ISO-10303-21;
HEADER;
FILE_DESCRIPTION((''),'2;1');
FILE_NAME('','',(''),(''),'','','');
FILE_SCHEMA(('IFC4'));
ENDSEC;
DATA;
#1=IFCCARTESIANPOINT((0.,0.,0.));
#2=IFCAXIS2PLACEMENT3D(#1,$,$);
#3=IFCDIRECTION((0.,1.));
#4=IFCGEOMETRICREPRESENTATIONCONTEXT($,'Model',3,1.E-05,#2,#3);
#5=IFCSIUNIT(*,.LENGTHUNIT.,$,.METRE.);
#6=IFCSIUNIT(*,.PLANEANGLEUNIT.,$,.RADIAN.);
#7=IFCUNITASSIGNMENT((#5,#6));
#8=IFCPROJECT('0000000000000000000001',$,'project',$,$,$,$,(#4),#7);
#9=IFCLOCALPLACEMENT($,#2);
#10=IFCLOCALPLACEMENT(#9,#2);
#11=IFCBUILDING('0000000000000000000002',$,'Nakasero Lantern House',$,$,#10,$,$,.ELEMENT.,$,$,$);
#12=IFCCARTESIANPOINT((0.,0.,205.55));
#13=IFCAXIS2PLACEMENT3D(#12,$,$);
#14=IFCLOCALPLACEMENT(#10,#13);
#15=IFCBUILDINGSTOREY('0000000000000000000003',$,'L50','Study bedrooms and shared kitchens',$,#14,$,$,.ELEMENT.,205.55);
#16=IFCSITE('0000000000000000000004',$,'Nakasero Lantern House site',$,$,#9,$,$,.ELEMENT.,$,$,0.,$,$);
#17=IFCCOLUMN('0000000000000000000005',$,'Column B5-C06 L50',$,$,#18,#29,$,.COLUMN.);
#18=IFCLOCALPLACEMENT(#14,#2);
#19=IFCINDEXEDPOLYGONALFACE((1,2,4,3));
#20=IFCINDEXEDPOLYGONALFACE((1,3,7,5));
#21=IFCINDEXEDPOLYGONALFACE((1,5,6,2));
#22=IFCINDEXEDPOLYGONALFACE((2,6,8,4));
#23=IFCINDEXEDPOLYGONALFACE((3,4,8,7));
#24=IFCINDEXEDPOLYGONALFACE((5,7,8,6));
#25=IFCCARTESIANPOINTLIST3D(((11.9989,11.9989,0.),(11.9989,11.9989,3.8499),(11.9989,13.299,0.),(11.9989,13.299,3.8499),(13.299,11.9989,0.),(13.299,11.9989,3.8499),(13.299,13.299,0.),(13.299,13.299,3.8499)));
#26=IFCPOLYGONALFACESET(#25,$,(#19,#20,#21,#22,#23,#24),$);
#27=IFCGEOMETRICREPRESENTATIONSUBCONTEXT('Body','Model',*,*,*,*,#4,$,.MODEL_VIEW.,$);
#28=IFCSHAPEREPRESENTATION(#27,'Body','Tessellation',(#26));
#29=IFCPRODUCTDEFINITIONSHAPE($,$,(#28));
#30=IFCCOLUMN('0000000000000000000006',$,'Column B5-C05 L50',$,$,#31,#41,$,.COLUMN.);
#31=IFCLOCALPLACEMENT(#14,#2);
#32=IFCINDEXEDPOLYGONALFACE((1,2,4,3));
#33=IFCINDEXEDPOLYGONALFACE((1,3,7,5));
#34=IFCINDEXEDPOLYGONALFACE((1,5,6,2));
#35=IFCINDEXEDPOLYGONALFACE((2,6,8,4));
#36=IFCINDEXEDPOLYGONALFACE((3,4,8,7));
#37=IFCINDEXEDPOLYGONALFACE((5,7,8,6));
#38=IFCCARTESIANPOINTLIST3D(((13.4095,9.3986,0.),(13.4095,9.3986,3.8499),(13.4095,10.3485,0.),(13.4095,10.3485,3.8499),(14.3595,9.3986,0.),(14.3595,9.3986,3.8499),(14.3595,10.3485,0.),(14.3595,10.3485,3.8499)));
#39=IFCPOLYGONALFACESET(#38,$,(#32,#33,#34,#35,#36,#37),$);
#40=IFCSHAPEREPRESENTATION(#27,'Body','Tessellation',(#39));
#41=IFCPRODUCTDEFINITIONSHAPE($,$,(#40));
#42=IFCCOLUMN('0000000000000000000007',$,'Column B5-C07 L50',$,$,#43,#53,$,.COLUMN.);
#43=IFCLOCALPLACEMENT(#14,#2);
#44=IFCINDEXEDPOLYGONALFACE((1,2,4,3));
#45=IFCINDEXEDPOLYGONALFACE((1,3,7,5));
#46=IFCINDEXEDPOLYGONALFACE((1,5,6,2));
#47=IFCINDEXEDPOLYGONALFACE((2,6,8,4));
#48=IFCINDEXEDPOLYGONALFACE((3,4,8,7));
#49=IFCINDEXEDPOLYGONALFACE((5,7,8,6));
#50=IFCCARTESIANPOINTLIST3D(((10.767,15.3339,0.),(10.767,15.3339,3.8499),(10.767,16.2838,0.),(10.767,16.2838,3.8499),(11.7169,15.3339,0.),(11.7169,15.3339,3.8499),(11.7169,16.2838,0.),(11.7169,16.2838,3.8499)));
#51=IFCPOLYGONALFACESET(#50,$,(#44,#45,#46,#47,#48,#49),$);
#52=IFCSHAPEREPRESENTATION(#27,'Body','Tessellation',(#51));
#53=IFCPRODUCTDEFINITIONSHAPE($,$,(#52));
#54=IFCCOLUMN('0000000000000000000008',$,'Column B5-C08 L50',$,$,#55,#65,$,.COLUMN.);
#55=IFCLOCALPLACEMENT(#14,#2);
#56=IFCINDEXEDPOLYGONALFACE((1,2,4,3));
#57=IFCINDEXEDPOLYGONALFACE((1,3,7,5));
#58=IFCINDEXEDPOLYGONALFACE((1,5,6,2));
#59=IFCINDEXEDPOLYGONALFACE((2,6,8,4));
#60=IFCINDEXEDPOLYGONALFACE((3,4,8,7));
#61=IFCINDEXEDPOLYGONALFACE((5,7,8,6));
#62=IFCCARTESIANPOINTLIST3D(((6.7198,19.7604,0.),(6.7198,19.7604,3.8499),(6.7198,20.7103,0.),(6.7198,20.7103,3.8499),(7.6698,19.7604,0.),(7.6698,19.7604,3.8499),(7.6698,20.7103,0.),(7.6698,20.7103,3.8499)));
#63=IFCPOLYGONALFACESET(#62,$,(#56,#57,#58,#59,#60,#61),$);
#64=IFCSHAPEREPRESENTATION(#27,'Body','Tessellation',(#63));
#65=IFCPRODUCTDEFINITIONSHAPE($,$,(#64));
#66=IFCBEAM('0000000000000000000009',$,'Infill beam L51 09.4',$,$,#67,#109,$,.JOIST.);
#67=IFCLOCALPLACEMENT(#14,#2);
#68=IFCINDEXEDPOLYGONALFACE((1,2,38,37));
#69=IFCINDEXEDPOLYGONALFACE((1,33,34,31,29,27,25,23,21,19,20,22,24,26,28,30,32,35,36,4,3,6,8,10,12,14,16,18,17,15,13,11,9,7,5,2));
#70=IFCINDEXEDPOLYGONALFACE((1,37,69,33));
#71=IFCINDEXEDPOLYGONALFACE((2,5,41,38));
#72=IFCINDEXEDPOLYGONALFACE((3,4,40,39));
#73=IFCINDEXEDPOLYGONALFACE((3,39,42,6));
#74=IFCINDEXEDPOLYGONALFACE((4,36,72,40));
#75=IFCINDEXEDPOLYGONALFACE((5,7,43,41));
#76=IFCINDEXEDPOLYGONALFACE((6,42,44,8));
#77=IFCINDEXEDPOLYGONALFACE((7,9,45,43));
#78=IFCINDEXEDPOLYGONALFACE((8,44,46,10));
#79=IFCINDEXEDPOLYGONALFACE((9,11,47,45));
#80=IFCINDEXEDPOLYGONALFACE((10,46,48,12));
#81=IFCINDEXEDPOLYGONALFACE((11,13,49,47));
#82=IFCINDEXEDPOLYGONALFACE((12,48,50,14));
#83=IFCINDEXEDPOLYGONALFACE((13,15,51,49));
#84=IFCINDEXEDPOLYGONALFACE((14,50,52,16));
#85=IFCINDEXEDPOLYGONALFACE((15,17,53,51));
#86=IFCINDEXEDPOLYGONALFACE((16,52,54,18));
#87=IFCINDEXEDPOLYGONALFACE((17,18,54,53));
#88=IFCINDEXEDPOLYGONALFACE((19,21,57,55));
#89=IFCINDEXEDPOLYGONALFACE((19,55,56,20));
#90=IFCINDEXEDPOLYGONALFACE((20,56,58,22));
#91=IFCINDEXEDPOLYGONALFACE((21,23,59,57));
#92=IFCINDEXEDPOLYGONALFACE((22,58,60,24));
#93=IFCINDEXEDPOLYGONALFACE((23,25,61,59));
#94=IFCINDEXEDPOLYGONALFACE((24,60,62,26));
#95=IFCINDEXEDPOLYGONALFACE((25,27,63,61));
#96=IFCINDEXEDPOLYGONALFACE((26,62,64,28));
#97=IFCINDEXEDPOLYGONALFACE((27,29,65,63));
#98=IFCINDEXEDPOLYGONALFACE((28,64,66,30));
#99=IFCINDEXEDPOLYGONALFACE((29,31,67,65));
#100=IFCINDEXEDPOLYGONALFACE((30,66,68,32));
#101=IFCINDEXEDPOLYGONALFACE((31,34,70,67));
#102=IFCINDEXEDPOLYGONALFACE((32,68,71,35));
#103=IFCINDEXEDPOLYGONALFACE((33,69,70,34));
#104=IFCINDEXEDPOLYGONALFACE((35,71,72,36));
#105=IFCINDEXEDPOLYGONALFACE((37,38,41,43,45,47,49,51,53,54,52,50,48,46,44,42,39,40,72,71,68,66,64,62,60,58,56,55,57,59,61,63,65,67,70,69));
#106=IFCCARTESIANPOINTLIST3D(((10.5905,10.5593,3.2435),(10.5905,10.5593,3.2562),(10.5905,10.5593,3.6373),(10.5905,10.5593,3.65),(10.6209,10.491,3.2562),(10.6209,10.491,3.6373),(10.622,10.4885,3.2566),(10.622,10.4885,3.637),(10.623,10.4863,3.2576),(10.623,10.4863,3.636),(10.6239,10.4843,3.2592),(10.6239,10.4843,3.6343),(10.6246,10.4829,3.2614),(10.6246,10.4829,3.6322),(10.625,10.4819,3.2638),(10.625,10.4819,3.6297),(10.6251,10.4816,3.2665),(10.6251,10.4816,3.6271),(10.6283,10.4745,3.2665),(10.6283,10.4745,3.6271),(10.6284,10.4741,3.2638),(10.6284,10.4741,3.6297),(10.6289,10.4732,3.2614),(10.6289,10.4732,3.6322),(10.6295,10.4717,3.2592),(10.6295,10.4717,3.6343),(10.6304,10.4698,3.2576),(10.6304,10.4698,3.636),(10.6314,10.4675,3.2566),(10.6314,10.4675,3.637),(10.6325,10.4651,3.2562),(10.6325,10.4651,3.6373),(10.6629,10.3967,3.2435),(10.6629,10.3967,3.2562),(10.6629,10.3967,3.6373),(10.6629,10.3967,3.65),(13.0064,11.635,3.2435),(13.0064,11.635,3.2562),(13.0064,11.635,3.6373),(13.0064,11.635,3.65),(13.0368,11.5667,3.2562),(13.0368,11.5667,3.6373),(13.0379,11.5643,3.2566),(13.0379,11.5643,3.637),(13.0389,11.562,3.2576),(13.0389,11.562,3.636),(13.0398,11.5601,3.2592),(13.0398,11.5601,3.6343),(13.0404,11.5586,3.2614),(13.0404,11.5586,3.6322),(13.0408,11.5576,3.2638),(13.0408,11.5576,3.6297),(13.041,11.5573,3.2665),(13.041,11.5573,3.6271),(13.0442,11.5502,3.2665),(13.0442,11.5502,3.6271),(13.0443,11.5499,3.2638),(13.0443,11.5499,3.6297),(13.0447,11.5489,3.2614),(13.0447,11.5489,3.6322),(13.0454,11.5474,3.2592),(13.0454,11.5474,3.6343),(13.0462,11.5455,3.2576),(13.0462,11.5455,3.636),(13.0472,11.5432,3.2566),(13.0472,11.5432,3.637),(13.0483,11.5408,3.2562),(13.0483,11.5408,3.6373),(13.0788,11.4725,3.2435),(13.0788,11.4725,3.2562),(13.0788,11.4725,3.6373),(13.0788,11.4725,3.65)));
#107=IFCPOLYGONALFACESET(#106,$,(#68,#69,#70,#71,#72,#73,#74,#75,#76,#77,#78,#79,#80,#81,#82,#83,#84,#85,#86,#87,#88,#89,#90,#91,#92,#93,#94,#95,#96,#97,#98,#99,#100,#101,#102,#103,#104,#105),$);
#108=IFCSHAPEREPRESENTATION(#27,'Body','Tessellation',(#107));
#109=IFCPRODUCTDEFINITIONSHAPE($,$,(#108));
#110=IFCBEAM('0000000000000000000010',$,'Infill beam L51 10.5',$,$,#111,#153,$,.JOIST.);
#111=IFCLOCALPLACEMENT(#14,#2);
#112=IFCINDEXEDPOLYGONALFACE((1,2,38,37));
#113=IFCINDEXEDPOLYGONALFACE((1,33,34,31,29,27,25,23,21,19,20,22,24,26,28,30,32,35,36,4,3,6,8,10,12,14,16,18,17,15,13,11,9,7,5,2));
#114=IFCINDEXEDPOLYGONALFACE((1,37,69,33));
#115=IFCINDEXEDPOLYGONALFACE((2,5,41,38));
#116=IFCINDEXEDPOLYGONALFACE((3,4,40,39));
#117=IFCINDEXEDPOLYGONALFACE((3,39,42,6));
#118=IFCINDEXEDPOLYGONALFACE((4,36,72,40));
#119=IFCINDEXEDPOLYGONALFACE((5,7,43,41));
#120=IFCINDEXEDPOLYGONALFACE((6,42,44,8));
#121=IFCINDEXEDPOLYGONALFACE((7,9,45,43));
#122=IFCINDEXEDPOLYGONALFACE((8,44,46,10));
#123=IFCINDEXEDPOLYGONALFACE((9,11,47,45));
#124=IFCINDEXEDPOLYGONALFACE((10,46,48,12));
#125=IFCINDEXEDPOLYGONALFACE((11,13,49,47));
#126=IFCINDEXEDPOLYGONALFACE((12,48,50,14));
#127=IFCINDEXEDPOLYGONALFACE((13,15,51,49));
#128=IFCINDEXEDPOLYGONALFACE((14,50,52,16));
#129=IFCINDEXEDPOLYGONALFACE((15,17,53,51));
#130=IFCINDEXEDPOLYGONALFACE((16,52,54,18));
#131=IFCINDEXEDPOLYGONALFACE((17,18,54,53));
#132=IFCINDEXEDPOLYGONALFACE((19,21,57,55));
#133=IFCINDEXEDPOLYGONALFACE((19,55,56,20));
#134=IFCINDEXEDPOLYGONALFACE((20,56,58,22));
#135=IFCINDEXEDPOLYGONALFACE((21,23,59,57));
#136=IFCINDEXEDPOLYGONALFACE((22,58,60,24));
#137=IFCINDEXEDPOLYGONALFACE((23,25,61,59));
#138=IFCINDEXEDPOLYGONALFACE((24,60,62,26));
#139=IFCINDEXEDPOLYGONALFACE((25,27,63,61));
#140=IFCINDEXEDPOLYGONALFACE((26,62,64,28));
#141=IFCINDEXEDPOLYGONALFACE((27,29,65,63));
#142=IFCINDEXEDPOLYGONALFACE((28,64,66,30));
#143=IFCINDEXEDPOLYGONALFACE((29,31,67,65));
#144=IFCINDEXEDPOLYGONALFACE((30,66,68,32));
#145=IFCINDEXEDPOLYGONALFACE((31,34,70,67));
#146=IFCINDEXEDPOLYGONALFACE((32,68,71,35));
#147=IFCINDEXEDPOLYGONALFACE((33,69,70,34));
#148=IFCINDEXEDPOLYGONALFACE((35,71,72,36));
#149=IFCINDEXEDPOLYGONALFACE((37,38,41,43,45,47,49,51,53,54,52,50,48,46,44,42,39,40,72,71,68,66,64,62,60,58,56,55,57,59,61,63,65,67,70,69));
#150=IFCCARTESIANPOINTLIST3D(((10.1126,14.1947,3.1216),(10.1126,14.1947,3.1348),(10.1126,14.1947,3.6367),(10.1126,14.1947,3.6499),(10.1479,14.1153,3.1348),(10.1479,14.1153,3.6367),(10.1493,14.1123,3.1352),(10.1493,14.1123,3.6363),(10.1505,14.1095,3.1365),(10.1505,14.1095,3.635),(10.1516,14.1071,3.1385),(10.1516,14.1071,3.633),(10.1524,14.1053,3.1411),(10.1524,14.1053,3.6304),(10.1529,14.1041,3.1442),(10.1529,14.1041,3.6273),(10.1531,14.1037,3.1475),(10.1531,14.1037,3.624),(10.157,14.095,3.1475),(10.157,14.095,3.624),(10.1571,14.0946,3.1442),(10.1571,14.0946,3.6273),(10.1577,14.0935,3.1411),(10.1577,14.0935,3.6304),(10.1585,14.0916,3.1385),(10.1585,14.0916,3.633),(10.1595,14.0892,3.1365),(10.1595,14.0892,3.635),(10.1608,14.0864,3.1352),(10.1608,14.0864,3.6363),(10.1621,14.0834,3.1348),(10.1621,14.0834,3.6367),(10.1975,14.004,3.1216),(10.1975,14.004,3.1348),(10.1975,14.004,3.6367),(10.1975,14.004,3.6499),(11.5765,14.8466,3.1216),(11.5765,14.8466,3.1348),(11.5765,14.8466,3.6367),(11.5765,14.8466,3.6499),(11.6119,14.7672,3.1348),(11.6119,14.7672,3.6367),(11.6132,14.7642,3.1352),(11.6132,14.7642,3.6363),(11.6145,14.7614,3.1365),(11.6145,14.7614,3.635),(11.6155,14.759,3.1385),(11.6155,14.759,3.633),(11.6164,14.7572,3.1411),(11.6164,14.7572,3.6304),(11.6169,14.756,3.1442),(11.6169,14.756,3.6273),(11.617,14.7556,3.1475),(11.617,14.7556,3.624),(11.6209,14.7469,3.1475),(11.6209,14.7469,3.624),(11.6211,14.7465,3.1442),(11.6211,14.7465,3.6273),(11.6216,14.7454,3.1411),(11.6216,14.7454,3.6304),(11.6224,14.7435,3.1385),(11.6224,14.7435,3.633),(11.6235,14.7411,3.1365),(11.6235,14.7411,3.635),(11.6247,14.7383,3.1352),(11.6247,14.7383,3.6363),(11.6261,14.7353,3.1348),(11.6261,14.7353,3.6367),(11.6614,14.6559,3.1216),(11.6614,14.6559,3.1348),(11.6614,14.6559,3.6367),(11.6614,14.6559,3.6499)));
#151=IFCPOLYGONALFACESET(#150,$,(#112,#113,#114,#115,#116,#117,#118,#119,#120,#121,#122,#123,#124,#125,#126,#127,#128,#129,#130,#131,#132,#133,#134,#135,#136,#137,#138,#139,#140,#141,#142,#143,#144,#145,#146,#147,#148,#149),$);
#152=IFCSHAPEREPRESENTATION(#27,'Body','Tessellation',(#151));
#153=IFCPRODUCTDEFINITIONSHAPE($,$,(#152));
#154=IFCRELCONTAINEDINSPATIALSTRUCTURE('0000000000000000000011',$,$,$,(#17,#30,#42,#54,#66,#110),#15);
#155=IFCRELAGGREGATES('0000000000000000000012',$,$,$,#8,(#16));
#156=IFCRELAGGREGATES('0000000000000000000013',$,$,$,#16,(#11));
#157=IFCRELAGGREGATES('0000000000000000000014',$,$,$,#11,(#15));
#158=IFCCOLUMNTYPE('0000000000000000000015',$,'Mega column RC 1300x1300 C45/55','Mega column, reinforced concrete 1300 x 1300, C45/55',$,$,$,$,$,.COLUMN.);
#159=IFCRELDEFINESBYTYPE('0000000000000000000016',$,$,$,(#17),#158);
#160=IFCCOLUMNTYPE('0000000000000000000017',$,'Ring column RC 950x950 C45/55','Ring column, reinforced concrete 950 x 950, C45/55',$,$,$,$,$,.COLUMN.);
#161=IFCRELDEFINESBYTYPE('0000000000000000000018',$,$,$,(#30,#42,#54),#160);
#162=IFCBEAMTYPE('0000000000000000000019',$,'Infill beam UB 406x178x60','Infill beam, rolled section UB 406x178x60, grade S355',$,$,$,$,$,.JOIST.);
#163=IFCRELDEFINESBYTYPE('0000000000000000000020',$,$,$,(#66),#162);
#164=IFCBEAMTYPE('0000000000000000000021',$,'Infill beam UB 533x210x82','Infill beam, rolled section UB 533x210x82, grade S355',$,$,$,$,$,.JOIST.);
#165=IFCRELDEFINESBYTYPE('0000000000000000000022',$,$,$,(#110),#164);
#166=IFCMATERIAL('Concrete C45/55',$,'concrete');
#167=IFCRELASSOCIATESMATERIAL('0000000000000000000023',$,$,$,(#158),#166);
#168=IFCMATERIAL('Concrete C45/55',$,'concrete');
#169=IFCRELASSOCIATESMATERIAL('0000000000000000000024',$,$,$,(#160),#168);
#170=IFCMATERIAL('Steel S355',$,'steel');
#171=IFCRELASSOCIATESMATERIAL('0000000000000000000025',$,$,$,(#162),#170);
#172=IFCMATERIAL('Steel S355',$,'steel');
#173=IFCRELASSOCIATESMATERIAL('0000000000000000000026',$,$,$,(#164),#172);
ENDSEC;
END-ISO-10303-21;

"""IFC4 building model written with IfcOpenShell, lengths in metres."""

from ifc_helpers import new_model, si_unit, direction, frame, origin, origin_2d, place, context, subcontext, project, spatial, rectangle, i_section, extrude, material, material_profile, profile_set, type_object, element, save


model = new_model("IFC4")

# Units and contexts
model_context = context("Model", 3, precision=1e-05, world=origin(), true_north=direction((0.0, 1.0)))
body_context = subcontext(model_context, "Body", "Model", "MODEL_VIEW")
ifc_project = project(units=[si_unit("LENGTHUNIT", "METRE"), si_unit("PLANEANGLEUNIT", "RADIAN")], contexts=[model_context])

# Site, building, storey
site_placement = place(None, origin())
site = spatial("IfcSite", under=ifc_project, at=site_placement, Name="Nakasero Lantern House site", CompositionType="ELEMENT", RefElevation=0.0)
building_placement = place(site_placement, origin())
building = spatial("IfcBuilding", under=site, at=building_placement, Name="Nakasero Lantern House", CompositionType="ELEMENT")
storey_placement = place(building_placement, frame((0.0, 0.0, 205.55)))
storey = spatial("IfcBuildingStorey", under=building, at=storey_placement, Name="L50", Description="Study bedrooms and shared kitchens", CompositionType="ELEMENT", Elevation=205.55)

# Columns
ifc_material_1 = material(Name="Concrete C45/55", Category="concrete")
ifc_material_profile_1 = material_profile(ifc_material_1, rectangle(XDim=1.3, YDim=1.3, at=origin_2d()), Name="RC 1300x1300")
ifc_profile_set_1 = profile_set([ifc_material_profile_1], Name="Concrete C45/55")
column_type_1 = type_object("IfcColumnType", Name="Mega column RC 1300x1300 C45/55", Description="Mega column, reinforced concrete 1300 x 1300, C45/55", PredefinedType="COLUMN", material=ifc_profile_set_1)
column_placement = place(storey_placement, frame((12.6489, 12.6489, 0.0), z_axis=(0.0, 0.0, 1.0), x_axis=(1.0, 0.0, 0.0)))
element("IfcColumn", 1, at=column_placement, inside=storey, type_object=column_type_1, Name="Column B5-C06 L50", PredefinedType="COLUMN", context=body_context, shape_type="SweptSolid", body=[
    extrude(rectangle(XDim=1.3, YDim=1.3, at=origin_2d()), origin(), (0.0, 0.0, 1.0), 3.8499),
])
ifc_material_2 = material(Name="Concrete C45/55", Category="concrete")
ifc_material_profile_2 = material_profile(ifc_material_2, rectangle(XDim=0.95, YDim=0.95, at=origin_2d()), Name="RC 950x950")
ifc_profile_set_2 = profile_set([ifc_material_profile_2], Name="Concrete C45/55")
column_type_2 = type_object("IfcColumnType", Name="Ring column RC 950x950 C45/55", Description="Ring column, reinforced concrete 950 x 950, C45/55", PredefinedType="COLUMN", material=ifc_profile_set_2)
for number, where, z_axis, x_axis, name in (
    (2, (13.8845, 9.8735, 0.0), (0.0, 0.0, 1.0), (1.0, 0.0, 0.0), "Column B5-C05 L50"),
    (3, (11.2419, 15.8088, 0.0), (0.0, 0.0, 1.0), (1.0, 0.0, 0.0), "Column B5-C07 L50"),
    (4, (7.1948, 20.2354, 0.0), (0.0, 0.0, 1.0), (1.0, 0.0, 0.0), "Column B5-C08 L50"),
):
    element("IfcColumn", number, at=place(storey_placement, frame(where, z_axis=z_axis, x_axis=x_axis)), inside=storey, type_object=column_type_2, Name=name, PredefinedType="COLUMN", context=body_context, shape_type="SweptSolid", body=[
        extrude(rectangle(XDim=0.95, YDim=0.95, at=origin_2d()), origin(), (0.0, 0.0, 1.0), 3.8499),
    ])

# Beams
ifc_material_3 = material(Name="Steel S355", Category="steel")
ifc_material_profile_3 = material_profile(ifc_material_3, i_section(OverallWidth=0.178, OverallDepth=0.4065, WebThickness=0.0078, FlangeThickness=0.0127, FilletRadius=0.0103, at=origin_2d()), Name="UB 406x178x60")
ifc_profile_set_3 = profile_set([ifc_material_profile_3], Name="Steel S355")
beam_type_1 = type_object("IfcBeamType", Name="Infill beam UB 406x178x60", Description="Infill beam, rolled section UB 406x178x60, grade S355", PredefinedType="JOIST", material=ifc_profile_set_3)
beam_1_placement = place(storey_placement, frame((10.6267, 10.478, 3.4468), z_axis=(0.91353, 0.406772, 0.0), x_axis=(-0.406772, 0.91353, 0.0)))
element("IfcBeam", 5, at=beam_1_placement, inside=storey, type_object=beam_type_1, Name="Infill beam L51 09.4", PredefinedType="JOIST", context=body_context, shape_type="SweptSolid", body=[
    extrude(i_section(OverallWidth=0.178, OverallDepth=0.4065, WebThickness=0.0078, FlangeThickness=0.0127, FilletRadius=0.0103, at=origin_2d()), origin(), (0.0, 0.0, 1.0), 2.6445),
])
ifc_material_4 = material(Name="Steel S355", Category="steel")
ifc_material_profile_4 = material_profile(ifc_material_4, i_section(OverallWidth=0.2087, OverallDepth=0.5283, WebThickness=0.0095, FlangeThickness=0.0132, FilletRadius=0.0127, at=origin_2d()), Name="UB 533x210x82")
ifc_profile_set_4 = profile_set([ifc_material_profile_4], Name="Steel S355")
beam_type_2 = type_object("IfcBeamType", Name="Infill beam UB 533x210x82", Description="Infill beam, rolled section UB 533x210x82, grade S355", PredefinedType="JOIST", material=ifc_profile_set_4)
beam_2_placement = place(storey_placement, frame((10.155, 14.0994, 3.3857), z_axis=(0.913522, 0.406789, 0.0), x_axis=(-0.406789, 0.913522, 0.0)))
element("IfcBeam", 6, at=beam_2_placement, inside=storey, type_object=beam_type_2, Name="Infill beam L51 10.5", PredefinedType="JOIST", context=body_context, shape_type="SweptSolid", body=[
    extrude(i_section(OverallWidth=0.2087, OverallDepth=0.5283, WebThickness=0.0095, FlangeThickness=0.0132, FilletRadius=0.0127, at=origin_2d()), origin(), (0.0, 0.0, 1.0), 1.6025),
])

save(model, "model.ifc")
